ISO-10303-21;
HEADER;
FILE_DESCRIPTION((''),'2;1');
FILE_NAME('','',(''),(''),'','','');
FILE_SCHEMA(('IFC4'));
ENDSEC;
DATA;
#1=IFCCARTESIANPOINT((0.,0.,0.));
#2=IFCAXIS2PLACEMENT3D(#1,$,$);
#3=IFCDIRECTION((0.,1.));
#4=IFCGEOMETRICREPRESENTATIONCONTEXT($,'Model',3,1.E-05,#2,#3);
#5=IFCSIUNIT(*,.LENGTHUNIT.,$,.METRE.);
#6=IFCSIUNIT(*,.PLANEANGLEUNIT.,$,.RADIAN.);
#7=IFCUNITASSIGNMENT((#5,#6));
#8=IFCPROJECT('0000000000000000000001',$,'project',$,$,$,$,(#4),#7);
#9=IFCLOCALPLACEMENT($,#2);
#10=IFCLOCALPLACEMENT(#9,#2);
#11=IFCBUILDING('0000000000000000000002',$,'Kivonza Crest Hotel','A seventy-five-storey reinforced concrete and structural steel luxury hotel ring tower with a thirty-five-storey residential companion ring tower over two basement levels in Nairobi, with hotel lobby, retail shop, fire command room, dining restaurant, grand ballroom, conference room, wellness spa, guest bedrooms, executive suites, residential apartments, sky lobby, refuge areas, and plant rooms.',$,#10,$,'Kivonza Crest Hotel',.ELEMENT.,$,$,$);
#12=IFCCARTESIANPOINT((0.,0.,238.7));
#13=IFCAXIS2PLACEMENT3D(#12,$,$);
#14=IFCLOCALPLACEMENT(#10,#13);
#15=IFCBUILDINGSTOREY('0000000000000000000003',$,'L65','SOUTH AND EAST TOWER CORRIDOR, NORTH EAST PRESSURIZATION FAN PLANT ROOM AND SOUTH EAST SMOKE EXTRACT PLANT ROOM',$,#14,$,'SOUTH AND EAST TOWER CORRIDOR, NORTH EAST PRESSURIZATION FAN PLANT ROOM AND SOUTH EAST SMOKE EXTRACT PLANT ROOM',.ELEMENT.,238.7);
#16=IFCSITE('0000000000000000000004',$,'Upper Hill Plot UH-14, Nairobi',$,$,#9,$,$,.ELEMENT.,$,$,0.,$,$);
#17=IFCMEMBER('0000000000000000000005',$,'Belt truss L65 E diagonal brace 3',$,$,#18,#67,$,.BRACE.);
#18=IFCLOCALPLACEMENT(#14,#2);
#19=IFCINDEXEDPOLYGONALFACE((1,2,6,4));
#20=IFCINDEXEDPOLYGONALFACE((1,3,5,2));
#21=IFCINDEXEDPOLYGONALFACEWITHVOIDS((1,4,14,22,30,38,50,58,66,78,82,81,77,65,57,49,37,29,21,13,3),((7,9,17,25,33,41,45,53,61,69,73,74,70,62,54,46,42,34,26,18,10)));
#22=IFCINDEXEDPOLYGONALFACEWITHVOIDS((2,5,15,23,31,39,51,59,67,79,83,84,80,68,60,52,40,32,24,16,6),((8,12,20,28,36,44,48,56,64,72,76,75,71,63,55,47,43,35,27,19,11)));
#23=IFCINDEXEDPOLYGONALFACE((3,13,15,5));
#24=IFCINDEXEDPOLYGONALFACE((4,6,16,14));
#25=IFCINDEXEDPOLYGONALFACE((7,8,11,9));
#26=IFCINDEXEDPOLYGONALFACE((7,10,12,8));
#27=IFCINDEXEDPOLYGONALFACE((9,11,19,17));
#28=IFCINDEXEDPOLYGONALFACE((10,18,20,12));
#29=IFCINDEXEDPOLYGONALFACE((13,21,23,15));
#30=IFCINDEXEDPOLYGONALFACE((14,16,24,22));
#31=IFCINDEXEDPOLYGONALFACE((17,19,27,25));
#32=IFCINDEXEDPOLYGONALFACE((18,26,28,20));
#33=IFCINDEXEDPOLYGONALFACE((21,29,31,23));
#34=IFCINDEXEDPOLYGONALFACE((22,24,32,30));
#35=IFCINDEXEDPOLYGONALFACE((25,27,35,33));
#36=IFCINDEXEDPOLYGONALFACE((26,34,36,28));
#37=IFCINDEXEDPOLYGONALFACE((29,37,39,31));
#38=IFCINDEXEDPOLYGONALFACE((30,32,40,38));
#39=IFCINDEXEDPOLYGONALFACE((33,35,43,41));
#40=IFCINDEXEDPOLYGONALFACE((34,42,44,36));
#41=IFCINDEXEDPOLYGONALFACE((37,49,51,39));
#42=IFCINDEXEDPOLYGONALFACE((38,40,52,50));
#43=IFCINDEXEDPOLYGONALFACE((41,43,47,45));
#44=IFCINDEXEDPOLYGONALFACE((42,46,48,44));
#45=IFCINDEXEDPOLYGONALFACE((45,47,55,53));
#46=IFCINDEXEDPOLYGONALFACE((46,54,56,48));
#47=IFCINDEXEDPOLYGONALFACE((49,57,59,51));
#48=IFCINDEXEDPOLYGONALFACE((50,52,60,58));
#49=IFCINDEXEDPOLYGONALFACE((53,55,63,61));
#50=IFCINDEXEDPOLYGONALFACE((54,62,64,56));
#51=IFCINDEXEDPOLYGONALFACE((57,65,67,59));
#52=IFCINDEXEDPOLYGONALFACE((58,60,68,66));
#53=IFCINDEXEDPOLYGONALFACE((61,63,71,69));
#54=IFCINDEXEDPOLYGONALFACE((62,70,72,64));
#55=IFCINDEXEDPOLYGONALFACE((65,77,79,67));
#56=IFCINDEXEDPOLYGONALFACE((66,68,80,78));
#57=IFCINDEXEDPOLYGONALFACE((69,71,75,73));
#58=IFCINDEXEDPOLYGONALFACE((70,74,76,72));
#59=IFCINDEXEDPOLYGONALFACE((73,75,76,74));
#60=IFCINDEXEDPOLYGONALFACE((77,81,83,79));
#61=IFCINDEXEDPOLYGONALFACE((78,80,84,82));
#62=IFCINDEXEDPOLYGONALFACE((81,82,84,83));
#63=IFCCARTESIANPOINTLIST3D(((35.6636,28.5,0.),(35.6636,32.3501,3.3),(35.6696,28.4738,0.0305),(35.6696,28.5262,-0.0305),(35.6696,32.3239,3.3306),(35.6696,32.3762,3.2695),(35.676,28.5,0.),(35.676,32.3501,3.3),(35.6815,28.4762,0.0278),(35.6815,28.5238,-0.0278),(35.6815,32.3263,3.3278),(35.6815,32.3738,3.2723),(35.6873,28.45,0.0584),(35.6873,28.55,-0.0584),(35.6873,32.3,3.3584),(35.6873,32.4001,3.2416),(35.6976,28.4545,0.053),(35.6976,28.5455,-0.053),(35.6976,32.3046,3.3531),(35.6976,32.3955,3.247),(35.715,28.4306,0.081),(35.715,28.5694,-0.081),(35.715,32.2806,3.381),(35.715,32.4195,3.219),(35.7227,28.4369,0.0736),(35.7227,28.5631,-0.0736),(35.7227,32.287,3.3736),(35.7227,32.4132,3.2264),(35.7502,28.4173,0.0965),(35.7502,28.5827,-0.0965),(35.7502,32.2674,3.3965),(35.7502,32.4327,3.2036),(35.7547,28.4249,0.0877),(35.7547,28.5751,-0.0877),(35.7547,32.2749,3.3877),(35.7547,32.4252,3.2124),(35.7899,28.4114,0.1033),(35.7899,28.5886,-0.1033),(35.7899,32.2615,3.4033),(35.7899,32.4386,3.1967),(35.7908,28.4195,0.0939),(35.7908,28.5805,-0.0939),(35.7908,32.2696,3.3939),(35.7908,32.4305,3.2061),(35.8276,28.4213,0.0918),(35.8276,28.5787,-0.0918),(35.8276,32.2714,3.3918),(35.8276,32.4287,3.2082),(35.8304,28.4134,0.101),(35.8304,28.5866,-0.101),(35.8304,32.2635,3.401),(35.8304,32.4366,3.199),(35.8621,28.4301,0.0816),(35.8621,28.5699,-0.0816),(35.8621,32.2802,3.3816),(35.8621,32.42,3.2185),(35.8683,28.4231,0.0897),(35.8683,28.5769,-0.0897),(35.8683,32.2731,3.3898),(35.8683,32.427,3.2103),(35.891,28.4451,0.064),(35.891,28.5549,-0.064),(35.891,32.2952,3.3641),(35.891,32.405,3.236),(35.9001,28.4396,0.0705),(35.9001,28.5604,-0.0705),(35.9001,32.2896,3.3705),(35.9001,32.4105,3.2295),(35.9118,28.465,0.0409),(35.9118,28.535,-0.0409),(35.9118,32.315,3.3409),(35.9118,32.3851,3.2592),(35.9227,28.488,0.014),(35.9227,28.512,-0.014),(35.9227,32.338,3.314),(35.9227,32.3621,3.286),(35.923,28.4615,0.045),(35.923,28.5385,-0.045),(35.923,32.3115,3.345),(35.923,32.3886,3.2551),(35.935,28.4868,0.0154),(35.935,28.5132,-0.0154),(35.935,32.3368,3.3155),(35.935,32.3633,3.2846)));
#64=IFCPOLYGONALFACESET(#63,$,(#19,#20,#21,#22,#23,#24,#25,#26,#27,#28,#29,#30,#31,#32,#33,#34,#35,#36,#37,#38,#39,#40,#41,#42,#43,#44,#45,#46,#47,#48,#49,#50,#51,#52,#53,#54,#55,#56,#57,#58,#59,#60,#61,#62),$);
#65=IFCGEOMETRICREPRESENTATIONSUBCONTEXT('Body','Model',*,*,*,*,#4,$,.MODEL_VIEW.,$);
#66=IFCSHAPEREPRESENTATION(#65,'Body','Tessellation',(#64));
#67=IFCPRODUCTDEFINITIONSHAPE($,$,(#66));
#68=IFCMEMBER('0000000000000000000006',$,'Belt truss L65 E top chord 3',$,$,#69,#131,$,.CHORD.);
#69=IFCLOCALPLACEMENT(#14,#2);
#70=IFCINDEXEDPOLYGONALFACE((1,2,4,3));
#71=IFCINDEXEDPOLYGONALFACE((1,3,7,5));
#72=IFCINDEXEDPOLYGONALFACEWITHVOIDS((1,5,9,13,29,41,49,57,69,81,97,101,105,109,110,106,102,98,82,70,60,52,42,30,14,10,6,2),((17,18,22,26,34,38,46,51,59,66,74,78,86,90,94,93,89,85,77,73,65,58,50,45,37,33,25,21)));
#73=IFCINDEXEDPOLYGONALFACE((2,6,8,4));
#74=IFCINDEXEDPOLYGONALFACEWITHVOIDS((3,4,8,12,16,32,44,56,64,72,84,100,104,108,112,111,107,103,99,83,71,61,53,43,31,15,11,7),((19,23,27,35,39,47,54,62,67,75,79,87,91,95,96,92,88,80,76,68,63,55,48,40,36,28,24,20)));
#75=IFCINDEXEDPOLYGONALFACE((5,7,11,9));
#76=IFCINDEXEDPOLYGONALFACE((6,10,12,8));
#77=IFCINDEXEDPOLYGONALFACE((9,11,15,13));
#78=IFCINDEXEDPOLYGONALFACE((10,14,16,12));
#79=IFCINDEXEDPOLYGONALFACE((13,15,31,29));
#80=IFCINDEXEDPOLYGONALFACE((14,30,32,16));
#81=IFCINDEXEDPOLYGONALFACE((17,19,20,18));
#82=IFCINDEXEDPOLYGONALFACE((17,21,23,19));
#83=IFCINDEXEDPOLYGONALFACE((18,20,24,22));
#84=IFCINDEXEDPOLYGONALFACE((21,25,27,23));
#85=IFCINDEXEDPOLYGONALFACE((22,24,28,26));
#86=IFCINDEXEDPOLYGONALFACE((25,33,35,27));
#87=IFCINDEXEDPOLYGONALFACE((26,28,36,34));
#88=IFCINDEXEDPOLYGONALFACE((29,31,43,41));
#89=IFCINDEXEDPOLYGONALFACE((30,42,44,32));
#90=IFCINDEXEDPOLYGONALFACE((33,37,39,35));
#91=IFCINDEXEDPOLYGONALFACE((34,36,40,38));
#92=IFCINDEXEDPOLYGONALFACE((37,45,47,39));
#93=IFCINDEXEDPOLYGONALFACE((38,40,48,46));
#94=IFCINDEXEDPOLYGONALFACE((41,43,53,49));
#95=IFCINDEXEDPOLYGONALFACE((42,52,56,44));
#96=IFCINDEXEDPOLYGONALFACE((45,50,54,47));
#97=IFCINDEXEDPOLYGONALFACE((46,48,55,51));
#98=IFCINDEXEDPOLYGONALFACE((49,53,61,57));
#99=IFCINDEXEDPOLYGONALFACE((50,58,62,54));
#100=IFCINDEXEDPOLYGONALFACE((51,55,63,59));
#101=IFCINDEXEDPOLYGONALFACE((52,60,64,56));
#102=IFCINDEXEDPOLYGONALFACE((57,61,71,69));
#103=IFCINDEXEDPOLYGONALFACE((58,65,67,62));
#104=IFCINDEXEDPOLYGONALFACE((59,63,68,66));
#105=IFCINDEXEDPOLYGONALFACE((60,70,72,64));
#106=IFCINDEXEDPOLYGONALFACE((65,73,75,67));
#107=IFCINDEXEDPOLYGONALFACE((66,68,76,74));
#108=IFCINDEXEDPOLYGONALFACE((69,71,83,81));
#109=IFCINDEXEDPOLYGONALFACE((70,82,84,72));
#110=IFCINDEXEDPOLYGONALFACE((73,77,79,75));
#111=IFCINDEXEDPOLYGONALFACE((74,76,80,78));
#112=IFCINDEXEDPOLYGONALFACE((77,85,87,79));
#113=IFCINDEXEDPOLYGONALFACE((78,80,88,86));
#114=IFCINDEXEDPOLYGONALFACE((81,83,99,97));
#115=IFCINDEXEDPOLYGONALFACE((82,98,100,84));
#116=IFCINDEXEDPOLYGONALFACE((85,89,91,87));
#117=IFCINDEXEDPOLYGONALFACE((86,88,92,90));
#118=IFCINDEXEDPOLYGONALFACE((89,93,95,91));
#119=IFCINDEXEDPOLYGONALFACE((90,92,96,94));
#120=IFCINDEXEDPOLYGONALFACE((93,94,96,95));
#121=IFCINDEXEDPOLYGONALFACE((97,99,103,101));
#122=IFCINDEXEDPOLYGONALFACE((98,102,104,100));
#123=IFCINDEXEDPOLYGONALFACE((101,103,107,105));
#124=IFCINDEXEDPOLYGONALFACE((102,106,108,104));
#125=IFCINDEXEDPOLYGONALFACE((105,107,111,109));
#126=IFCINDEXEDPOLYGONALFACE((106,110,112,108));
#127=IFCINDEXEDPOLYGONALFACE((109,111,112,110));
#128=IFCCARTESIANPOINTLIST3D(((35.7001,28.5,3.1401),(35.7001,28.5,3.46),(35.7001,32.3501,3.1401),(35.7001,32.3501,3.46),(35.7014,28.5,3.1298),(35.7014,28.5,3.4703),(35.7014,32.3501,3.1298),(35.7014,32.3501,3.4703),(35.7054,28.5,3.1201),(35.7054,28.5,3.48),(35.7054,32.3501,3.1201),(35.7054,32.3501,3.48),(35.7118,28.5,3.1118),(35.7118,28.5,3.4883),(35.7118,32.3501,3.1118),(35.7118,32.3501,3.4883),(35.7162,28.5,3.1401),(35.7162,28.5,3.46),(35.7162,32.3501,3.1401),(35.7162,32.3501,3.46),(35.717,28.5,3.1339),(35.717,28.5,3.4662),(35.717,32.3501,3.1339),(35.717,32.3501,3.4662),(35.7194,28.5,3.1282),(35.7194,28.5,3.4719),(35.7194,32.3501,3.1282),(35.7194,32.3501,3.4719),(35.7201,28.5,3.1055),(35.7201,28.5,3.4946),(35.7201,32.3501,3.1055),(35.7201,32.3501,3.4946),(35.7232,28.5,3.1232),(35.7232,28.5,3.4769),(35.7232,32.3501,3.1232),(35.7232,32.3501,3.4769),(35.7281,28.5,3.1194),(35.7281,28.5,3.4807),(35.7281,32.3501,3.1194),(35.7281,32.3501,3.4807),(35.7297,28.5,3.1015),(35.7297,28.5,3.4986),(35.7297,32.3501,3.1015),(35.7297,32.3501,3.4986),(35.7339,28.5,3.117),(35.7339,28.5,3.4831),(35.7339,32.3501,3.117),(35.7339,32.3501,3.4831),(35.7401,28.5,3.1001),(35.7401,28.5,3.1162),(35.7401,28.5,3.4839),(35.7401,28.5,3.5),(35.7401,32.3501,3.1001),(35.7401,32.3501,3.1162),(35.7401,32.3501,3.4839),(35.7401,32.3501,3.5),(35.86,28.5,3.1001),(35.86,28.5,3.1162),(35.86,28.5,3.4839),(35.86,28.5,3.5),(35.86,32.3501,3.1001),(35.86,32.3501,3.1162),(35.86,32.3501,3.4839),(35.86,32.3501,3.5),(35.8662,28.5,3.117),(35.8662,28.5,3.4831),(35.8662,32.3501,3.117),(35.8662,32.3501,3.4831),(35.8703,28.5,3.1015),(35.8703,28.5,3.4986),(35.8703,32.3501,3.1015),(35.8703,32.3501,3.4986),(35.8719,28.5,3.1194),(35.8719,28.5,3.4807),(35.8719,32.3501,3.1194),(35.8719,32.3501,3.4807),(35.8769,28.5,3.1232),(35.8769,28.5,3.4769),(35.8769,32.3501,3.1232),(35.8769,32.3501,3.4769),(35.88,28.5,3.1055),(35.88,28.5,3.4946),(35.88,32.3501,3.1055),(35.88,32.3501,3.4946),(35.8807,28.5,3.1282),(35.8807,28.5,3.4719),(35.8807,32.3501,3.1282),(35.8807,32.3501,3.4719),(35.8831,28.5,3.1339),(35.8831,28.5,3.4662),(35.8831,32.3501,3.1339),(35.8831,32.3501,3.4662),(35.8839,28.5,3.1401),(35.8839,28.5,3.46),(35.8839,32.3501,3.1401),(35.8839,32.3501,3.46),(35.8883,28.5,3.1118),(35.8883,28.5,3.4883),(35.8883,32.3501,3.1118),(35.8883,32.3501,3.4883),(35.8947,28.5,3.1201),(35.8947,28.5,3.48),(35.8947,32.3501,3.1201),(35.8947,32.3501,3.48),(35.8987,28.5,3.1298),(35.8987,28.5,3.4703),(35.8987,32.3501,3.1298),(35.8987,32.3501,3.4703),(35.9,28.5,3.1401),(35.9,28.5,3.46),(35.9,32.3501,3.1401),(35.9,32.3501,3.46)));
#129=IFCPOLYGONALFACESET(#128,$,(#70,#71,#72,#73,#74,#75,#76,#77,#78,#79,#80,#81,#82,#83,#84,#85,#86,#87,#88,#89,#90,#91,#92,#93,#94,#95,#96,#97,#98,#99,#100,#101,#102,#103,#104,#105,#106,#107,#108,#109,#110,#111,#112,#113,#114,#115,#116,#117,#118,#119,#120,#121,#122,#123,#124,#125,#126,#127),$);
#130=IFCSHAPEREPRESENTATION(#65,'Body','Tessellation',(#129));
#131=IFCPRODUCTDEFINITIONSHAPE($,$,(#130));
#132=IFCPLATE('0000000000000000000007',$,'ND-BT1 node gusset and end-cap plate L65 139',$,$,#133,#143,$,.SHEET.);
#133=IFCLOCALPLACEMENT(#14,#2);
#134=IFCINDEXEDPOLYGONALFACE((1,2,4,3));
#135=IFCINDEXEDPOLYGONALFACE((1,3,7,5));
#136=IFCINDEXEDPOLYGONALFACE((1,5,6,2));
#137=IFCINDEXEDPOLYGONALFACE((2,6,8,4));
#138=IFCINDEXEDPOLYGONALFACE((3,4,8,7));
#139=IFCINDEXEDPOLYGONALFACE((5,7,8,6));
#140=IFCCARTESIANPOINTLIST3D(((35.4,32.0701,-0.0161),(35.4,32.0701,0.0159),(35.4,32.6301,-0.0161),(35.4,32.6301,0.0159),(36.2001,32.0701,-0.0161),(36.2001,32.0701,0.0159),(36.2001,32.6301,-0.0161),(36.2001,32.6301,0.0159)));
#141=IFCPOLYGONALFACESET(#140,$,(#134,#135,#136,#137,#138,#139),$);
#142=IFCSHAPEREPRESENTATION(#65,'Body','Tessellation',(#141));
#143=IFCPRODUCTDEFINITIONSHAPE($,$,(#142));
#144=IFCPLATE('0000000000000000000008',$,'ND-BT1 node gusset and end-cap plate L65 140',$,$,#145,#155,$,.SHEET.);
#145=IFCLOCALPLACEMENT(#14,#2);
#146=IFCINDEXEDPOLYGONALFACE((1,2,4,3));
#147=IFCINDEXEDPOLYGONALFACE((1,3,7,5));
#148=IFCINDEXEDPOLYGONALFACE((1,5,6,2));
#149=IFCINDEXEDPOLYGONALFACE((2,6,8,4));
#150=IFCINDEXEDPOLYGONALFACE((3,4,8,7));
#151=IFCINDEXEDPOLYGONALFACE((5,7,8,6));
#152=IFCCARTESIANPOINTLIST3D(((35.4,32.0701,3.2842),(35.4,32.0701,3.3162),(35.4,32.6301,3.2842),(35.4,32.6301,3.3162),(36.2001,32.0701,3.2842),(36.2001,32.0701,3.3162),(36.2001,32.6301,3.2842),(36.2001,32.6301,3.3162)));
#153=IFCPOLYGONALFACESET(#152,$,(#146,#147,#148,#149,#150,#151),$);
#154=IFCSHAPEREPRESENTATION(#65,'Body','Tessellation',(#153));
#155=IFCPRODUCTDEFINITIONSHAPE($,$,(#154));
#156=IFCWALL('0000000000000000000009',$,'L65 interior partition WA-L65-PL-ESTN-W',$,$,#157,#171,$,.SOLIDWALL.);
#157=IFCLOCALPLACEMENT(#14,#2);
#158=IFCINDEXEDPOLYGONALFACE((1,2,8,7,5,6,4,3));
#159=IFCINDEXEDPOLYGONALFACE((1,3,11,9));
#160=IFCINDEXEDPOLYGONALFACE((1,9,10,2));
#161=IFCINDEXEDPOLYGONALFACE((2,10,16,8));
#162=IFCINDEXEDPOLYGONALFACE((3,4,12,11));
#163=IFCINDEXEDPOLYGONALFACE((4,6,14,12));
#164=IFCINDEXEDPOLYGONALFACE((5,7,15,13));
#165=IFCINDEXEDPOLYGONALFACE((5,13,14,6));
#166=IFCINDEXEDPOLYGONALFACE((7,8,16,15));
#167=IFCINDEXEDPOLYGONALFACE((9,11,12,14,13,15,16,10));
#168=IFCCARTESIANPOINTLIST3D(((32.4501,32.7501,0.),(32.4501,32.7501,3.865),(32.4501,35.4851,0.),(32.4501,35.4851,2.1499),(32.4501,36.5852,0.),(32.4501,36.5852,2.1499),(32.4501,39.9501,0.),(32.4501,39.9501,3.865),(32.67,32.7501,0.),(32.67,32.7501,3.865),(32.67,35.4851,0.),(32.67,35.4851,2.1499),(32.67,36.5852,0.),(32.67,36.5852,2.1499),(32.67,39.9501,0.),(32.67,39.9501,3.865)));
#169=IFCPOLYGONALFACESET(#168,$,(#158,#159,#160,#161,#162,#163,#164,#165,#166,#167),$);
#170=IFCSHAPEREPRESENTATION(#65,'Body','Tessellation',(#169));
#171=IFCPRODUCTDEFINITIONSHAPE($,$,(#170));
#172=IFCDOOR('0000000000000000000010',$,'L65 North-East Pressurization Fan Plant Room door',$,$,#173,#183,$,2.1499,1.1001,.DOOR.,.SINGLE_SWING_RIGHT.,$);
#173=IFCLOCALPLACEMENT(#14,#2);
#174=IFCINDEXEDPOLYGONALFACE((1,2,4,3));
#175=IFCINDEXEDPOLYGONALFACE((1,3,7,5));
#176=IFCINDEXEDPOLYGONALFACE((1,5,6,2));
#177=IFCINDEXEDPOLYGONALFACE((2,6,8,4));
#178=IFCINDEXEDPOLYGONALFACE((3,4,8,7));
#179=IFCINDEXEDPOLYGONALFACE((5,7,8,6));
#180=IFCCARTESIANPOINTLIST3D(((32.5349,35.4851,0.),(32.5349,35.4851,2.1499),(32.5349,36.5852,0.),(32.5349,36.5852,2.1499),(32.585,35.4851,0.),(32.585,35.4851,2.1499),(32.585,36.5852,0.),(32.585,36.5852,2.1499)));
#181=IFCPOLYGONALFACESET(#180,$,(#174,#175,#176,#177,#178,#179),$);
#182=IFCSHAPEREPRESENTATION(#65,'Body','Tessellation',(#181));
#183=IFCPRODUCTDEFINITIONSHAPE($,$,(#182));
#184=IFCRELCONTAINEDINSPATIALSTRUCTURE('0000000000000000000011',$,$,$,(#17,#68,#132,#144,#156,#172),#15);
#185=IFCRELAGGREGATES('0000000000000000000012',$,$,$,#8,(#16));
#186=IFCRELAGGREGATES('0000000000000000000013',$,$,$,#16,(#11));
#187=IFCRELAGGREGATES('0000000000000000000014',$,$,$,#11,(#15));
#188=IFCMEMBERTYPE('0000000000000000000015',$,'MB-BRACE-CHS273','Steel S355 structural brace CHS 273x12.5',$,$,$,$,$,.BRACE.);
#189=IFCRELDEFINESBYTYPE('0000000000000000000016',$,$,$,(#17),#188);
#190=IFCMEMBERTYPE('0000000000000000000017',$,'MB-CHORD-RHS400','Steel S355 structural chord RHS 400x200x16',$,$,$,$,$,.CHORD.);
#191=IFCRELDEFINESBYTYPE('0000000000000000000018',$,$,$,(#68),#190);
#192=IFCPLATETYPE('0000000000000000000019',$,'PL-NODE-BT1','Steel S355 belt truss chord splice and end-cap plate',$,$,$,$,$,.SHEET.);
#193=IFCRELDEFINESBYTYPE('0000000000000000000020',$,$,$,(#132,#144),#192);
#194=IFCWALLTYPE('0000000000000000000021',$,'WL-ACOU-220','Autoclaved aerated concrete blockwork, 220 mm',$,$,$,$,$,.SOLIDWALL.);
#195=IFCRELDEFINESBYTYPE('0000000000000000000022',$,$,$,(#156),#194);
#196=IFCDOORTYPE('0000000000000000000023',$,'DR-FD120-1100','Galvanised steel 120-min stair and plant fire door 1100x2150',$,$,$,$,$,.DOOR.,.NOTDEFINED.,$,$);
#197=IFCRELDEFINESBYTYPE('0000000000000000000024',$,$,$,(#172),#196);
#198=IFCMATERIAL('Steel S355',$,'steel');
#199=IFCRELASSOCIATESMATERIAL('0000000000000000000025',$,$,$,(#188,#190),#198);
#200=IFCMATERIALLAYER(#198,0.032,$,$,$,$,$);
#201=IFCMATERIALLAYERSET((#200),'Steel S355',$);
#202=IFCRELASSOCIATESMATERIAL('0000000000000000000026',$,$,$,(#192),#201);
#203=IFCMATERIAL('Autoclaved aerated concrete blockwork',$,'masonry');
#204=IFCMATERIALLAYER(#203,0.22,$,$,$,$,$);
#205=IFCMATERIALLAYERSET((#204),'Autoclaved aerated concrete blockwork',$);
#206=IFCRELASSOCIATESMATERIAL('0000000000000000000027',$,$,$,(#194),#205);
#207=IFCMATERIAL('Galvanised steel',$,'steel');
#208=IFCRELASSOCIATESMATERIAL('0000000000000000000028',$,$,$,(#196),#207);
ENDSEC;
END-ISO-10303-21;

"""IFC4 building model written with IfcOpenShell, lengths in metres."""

from ifc_helpers import new_model, si_unit, direction, frame, frame_2d, origin, origin_2d, place, context, subcontext, project, spatial, rectangle, hollow_rectangle, hollow_circle, extrude, material, layer, layer_set, material_profile, profile_set, type_object, element, fill, save


model = new_model("IFC4")

# Units and contexts
model_context = context("Model", 3, precision=1e-05, world=origin(), true_north=direction((0.0, 1.0)))
body_context = subcontext(model_context, "Body", "Model", "MODEL_VIEW")
ifc_project = project(units=[si_unit("LENGTHUNIT", "METRE"), si_unit("PLANEANGLEUNIT", "RADIAN")], contexts=[model_context])

# Site, building, storey
site_placement = place(None, origin())
site = spatial("IfcSite", under=ifc_project, at=site_placement, Name="Upper Hill Plot UH-14, Nairobi", CompositionType="ELEMENT", RefElevation=0.0)
building_placement = place(site_placement, origin())
building = spatial("IfcBuilding", under=site, at=building_placement, Name="Kivonza Crest Hotel", Description="A seventy-five-storey reinforced concrete and structural steel luxury hotel ring tower with a thirty-five-storey residential companion ring tower over two basement levels in Nairobi, with hotel lobby, retail shop, fire command room, dining restaurant, grand ballroom, conference room, wellness spa, guest bedrooms, executive suites, residential apartments, sky lobby, refuge areas, and plant rooms.", LongName="Kivonza Crest Hotel", CompositionType="ELEMENT")
storey_placement = place(building_placement, frame((0.0, 0.0, 238.7)))
storey = spatial("IfcBuildingStorey", under=building, at=storey_placement, Name="L65", Description="SOUTH AND EAST TOWER CORRIDOR, NORTH EAST PRESSURIZATION FAN PLANT ROOM AND SOUTH EAST SMOKE EXTRACT PLANT ROOM", LongName="SOUTH AND EAST TOWER CORRIDOR, NORTH EAST PRESSURIZATION FAN PLANT ROOM AND SOUTH EAST SMOKE EXTRACT PLANT ROOM", CompositionType="ELEMENT", Elevation=238.7)

# Shared definitions
ifc_material_1 = material(Name="Steel S355", Category="steel")

# Members
ifc_material_profile_1 = material_profile(ifc_material_1, hollow_circle(Radius=0.1365, WallThickness=0.0125, at=origin_2d()), Name="CHS 273x12.5")
ifc_profile_set_1 = profile_set([ifc_material_profile_1], Name="Steel S355")
member_type_1 = type_object("IfcMemberType", Name="MB-BRACE-CHS273", Description="Steel S355 structural brace CHS 273x12.5", PredefinedType="BRACE", material=ifc_profile_set_1)
member_1_placement = place(storey_placement, frame((35.8, 28.5, 0.0), z_axis=(0.0, 0.75926, 0.650787), x_axis=(-1.0, 0.0, 0.0)))
element("IfcMember", 1, at=member_1_placement, inside=storey, type_object=member_type_1, Name="Belt truss L65 E diagonal brace 3", PredefinedType="BRACE", context=body_context, shape_type="SweptSolid", body=[
    extrude(hollow_circle(Radius=0.1365, WallThickness=0.0125, at=origin_2d()), origin(), (0.0, 0.0, 1.0), 5.0708),
])
ifc_material_profile_2 = material_profile(ifc_material_1, hollow_rectangle(XDim=0.2, YDim=0.3999, WallThickness=0.0161, InnerFilletRadius=0.0239, OuterFilletRadius=0.04, at=origin_2d()), Name="RHS 400x200x16")
ifc_profile_set_2 = profile_set([ifc_material_profile_2], Name="Steel S355")
member_type_2 = type_object("IfcMemberType", Name="MB-CHORD-RHS400", Description="Steel S355 structural chord RHS 400x200x16", PredefinedType="CHORD", material=ifc_profile_set_2)
member_2_placement = place(storey_placement, frame((35.8, 28.5, 3.3), z_axis=(0.0, 1.0, 0.0), x_axis=(-1.0, 0.0, 0.0)))
element("IfcMember", 2, at=member_2_placement, inside=storey, type_object=member_type_2, Name="Belt truss L65 E top chord 3", PredefinedType="CHORD", context=body_context, shape_type="SweptSolid", body=[
    extrude(hollow_rectangle(XDim=0.2, YDim=0.3999, WallThickness=0.0161, InnerFilletRadius=0.0239, OuterFilletRadius=0.04, at=origin_2d()), origin(), (0.0, 0.0, 1.0), 3.8501),
])

# Plates
ifc_layer_1 = layer(ifc_material_1, 0.032)
ifc_layer_set_1 = layer_set([ifc_layer_1], Name="Steel S355")
plate_type = type_object("IfcPlateType", Name="PL-NODE-BT1", Description="Steel S355 belt truss chord splice and end-cap plate", PredefinedType="SHEET", material=ifc_layer_set_1)
for number, where, z_axis, x_axis, name in (
    (3, (35.8, 32.3501, -0.0161), (0.0, 0.0, 1.0), (1.0, 0.0, 0.0), "ND-BT1 node gusset and end-cap plate L65 139"),
    (4, (35.8, 32.3501, 3.2842), (0.0, 0.0, 1.0), (1.0, 0.0, 0.0), "ND-BT1 node gusset and end-cap plate L65 140"),
):
    element("IfcPlate", number, at=place(storey_placement, frame(where, z_axis=z_axis, x_axis=x_axis)), inside=storey, type_object=plate_type, Name=name, PredefinedType="SHEET", context=body_context, shape_type="SweptSolid", body=[
        extrude(rectangle(XDim=0.8, YDim=0.5601, at=origin_2d()), origin(), (0.0, 0.0, 1.0), 0.032),
    ])

# Wall, opening, door
ifc_material_2 = material(Name="Autoclaved aerated concrete blockwork", Category="masonry")
ifc_layer_2 = layer(ifc_material_2, 0.22)
ifc_layer_set_2 = layer_set([ifc_layer_2], Name="Autoclaved aerated concrete blockwork")
wall_type_1 = type_object("IfcWallType", Name="WL-ACOU-220", Description="Autoclaved aerated concrete blockwork, 220 mm", PredefinedType="SOLIDWALL", material=ifc_layer_set_2)
ifc_material_3 = material(Name="Galvanised steel", Category="steel")
door_type_1 = type_object("IfcDoorType", Name="DR-FD120-1100", Description="Galvanised steel 120-min stair and plant fire door 1100x2150", OperationType="NOTDEFINED", PredefinedType="DOOR", material=ifc_material_3)
wall_1_placement = place(storey_placement, frame((32.5601, 32.75, 0.0), z_axis=(0.0, 0.0, 1.0), x_axis=(0.0, 1.0, 0.0)))
wall_1 = element("IfcWall", 5, at=wall_1_placement, inside=storey, type_object=wall_type_1, Name="L65 interior partition WA-L65-PL-ESTN-W", PredefinedType="SOLIDWALL", context=body_context, shape_type="SweptSolid", body=[
    extrude(rectangle(XDim=7.2, YDim=0.22, at=frame_2d((3.6001, 0.0))), origin(), (0.0, 0.0, 1.0), 3.865),
])
opening_1_placement = place(wall_1_placement, frame((2.7351, 0.0, 0.0)))
opening_1 = element("IfcOpeningElement", 6, at=opening_1_placement, cuts=wall_1, PredefinedType="OPENING", context=body_context, shape_type="SweptSolid", body=[
    extrude(rectangle(XDim=1.1001, YDim=2.1499, at=frame_2d((0.55, 1.075))), frame((0.0, 0.1201, 0.0), z_axis=(0.0, -1.0, 0.0), x_axis=(1.0, 0.0, 0.0)), (0.0, 0.0, 1.0), 0.24),
])
door_1_placement = place(opening_1_placement, frame((1.1001, 0.0, 0.0), z_axis=(0.0, 0.0, 1.0), x_axis=(-1.0, 0.0, 0.0)))
door_1 = element("IfcDoor", 7, at=door_1_placement, inside=storey, type_object=door_type_1, Name="L65 North-East Pressurization Fan Plant Room door", OperationType="SINGLE_SWING_RIGHT", OverallHeight=2.1499, OverallWidth=1.1001, PredefinedType="DOOR", context=body_context, shape_type="SweptSolid", body=[
    extrude(rectangle(XDim=1.1001, YDim=2.1499, at=frame_2d((0.55, 1.075))), frame((0.0, 0.0249, 0.0), z_axis=(0.0, -1.0, 0.0), x_axis=(1.0, 0.0, 0.0)), (0.0, 0.0, 1.0), 0.05),
])
fill(opening_1, door_1)

save(model, "model.ifc")
